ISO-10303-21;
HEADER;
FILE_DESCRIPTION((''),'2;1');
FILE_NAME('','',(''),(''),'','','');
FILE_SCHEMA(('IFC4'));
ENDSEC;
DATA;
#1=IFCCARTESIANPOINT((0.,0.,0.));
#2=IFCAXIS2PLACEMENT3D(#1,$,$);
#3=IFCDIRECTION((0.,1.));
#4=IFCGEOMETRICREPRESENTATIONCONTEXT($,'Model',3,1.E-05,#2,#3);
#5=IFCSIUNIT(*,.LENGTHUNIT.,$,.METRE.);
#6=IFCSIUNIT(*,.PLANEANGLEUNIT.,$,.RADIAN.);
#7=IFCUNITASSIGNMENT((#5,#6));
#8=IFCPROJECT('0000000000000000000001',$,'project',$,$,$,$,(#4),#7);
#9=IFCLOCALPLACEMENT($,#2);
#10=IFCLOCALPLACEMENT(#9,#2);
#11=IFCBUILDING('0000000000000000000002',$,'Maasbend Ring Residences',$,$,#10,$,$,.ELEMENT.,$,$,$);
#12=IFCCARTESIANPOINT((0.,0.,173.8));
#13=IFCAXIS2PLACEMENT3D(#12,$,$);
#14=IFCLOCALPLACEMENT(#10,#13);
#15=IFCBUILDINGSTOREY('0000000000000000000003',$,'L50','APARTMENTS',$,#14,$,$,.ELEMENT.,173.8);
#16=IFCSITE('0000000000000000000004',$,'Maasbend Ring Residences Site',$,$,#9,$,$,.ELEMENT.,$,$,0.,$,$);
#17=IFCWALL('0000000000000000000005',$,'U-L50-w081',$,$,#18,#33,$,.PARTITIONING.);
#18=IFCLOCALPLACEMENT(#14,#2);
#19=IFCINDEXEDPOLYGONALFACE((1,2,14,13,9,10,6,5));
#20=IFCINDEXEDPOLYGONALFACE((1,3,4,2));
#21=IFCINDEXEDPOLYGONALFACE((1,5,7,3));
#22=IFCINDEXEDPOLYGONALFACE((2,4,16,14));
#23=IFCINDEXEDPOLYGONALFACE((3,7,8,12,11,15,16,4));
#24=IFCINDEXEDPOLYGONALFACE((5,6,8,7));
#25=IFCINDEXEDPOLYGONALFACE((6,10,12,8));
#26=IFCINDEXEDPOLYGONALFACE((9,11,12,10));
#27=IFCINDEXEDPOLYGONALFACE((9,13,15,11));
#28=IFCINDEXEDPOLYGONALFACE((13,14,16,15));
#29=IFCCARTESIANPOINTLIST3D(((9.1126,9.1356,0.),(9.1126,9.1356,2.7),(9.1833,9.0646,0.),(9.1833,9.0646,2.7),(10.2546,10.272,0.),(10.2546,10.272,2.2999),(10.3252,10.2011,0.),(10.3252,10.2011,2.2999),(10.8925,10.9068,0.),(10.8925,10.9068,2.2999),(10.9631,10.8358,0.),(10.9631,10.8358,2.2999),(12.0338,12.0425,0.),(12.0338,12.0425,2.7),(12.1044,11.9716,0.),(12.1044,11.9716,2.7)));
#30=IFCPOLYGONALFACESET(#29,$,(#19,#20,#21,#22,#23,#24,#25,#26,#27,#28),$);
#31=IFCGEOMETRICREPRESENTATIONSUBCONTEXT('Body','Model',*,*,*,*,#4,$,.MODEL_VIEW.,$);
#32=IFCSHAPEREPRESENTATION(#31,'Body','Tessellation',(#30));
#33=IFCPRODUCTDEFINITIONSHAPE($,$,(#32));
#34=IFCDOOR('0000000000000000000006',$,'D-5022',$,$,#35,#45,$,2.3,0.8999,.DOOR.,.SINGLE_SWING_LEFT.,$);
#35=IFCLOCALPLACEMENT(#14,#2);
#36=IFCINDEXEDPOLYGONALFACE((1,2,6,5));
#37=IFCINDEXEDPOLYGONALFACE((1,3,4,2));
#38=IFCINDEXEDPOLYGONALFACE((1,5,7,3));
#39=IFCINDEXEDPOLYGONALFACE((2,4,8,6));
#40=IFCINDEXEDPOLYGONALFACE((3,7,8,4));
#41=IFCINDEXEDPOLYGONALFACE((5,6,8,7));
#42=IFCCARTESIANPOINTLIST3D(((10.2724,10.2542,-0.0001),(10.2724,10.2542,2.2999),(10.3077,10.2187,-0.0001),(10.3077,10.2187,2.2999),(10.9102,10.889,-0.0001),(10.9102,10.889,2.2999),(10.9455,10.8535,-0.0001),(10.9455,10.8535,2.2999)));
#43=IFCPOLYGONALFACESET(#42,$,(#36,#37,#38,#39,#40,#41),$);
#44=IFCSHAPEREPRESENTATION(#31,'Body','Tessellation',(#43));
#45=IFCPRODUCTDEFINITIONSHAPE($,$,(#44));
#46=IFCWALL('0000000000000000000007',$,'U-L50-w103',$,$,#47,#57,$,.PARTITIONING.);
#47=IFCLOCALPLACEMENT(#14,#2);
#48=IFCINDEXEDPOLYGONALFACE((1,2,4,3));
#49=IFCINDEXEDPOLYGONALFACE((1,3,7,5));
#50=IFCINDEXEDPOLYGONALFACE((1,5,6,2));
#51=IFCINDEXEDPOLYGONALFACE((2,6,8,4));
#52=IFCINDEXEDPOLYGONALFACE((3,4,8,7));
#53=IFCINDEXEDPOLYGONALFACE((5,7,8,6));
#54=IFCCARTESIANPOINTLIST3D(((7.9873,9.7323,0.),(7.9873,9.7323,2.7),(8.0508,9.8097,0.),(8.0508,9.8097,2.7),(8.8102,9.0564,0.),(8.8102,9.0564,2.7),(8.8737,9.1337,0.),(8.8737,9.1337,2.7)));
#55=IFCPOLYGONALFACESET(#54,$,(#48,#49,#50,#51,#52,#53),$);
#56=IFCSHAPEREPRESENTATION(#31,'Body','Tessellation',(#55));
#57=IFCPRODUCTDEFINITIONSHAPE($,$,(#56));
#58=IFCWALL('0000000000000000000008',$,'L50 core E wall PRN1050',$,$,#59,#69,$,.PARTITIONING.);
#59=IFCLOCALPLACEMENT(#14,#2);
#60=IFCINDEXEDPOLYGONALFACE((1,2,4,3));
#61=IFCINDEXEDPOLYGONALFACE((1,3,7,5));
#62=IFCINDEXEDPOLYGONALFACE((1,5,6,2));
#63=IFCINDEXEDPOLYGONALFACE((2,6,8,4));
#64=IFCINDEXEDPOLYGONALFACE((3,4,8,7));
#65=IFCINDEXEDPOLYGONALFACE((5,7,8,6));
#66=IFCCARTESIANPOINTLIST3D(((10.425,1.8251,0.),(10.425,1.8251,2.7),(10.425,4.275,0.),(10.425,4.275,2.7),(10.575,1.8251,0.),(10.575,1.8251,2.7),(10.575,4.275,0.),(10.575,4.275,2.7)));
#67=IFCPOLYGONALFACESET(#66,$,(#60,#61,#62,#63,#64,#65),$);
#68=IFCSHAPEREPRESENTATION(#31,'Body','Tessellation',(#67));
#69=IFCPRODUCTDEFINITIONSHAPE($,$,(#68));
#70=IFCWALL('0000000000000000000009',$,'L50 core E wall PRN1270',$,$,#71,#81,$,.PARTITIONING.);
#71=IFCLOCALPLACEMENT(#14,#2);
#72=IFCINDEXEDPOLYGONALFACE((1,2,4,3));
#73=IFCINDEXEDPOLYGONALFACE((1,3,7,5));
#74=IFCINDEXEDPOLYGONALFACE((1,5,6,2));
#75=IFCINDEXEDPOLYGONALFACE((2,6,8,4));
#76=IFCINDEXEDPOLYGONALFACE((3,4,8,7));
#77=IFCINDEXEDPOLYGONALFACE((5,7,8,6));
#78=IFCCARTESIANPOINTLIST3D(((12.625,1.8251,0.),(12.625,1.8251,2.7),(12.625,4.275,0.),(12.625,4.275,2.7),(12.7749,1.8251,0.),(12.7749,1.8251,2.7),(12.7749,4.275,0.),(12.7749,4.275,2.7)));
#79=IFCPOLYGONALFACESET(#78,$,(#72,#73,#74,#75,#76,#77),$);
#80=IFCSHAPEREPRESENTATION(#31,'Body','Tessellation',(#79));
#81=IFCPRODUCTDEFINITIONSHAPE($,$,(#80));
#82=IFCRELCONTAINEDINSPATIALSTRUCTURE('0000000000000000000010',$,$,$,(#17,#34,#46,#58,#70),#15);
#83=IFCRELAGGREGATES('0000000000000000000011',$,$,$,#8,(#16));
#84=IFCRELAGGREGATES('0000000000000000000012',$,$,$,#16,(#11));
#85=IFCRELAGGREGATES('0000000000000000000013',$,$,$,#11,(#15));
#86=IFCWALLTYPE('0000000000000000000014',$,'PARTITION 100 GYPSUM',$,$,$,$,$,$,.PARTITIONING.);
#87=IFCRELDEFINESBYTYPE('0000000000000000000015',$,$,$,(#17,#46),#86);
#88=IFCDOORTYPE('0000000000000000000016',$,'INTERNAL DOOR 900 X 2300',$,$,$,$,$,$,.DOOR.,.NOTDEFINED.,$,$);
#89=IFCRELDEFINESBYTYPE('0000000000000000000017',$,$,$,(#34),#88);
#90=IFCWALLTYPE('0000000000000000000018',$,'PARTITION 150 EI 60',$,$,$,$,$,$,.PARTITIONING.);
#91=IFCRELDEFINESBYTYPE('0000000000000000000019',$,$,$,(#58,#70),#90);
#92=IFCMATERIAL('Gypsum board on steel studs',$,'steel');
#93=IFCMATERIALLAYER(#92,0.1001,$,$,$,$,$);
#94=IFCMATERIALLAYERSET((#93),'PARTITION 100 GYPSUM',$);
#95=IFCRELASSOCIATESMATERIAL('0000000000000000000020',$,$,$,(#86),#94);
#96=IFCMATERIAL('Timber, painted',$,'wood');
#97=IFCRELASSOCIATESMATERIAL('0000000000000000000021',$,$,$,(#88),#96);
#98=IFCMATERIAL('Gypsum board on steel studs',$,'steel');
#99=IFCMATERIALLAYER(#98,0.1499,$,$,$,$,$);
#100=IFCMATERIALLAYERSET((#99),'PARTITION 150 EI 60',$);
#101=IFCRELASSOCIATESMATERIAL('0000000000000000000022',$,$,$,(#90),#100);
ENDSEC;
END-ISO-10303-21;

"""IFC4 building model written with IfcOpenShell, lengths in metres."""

from ifc_helpers import new_model, si_unit, direction, frame, frame_2d, origin, place, context, subcontext, project, spatial, rectangle, extrude, material, layer, layer_set, type_object, element, fill, save


model = new_model("IFC4")

# Units and contexts
model_context = context("Model", 3, precision=1e-05, world=origin(), true_north=direction((0.0, 1.0)))
body_context = subcontext(model_context, "Body", "Model", "MODEL_VIEW")
ifc_project = project(units=[si_unit("LENGTHUNIT", "METRE"), si_unit("PLANEANGLEUNIT", "RADIAN")], contexts=[model_context])

# Site, building, storey
site_placement = place(None, origin())
site = spatial("IfcSite", under=ifc_project, at=site_placement, Name="Maasbend Ring Residences Site", CompositionType="ELEMENT", RefElevation=0.0)
building_placement = place(site_placement, origin())
building = spatial("IfcBuilding", under=site, at=building_placement, Name="Maasbend Ring Residences", CompositionType="ELEMENT")
storey_placement = place(building_placement, frame((0.0, 0.0, 173.8)))
storey = spatial("IfcBuildingStorey", under=building, at=storey_placement, Name="L50", Description="APARTMENTS", CompositionType="ELEMENT", Elevation=173.8)

# Wall, opening, door
ifc_material_1 = material(Name="Gypsum board on steel studs", Category="steel")
ifc_layer_1 = layer(ifc_material_1, 0.1001)
ifc_layer_set_1 = layer_set([ifc_layer_1], Name="PARTITION 100 GYPSUM")
wall_type_1 = type_object("IfcWallType", Name="PARTITION 100 GYPSUM", PredefinedType="PARTITIONING", material=ifc_layer_set_1)
ifc_material_2 = material(Name="Timber, painted", Category="wood")
door_type_1 = type_object("IfcDoorType", Name="INTERNAL DOOR 900 X 2300", OperationType="NOTDEFINED", PredefinedType="DOOR", material=ifc_material_2)
wall_1_placement = place(storey_placement, frame((9.1479, 9.1001, 0.0), z_axis=(0.0, 0.0, 1.0), x_axis=(0.708823, 0.705387, 0.0)))
wall_1 = element("IfcWall", 1, at=wall_1_placement, inside=storey, type_object=wall_type_1, Name="U-L50-w081", PredefinedType="PARTITIONING", context=body_context, shape_type="SweptSolid", body=[
    extrude(rectangle(XDim=4.1211, YDim=0.1001, at=frame_2d((2.0605, 0.0))), origin(), (0.0, 0.0, 1.0), 2.7),
])
opening_1_placement = place(wall_1_placement, frame((1.6111, 0.0, 0.0)))
opening_1 = element("IfcOpeningElement", 2, at=opening_1_placement, cuts=wall_1, PredefinedType="OPENING", context=body_context, shape_type="SweptSolid", body=[
    extrude(rectangle(XDim=0.8999, YDim=2.3, at=frame_2d((0.45, 1.1499))), frame((0.0, 0.0601, 0.0), z_axis=(0.0, -1.0, 0.0), x_axis=(1.0, 0.0, 0.0)), (0.0, 0.0, 1.0), 0.1201),
])
door_1_placement = place(opening_1_placement, origin())
door_1 = element("IfcDoor", 3, at=door_1_placement, inside=storey, type_object=door_type_1, Name="D-5022", OperationType="SINGLE_SWING_LEFT", OverallHeight=2.3, OverallWidth=0.8999, PredefinedType="DOOR", context=body_context, shape_type="SweptSolid", body=[
    extrude(rectangle(XDim=0.8999, YDim=2.3, at=frame_2d((0.45, 1.1499))), frame((0.0, 0.0249, 0.0), z_axis=(0.0, -1.0, 0.0), x_axis=(1.0, 0.0, 0.0)), (0.0, 0.0, 1.0), 0.05),
])
fill(opening_1, door_1)

# Walls
wall_2_placement = place(storey_placement, frame((8.019, 9.771, 0.0), z_axis=(0.0, 0.0, 1.0), x_axis=(0.77273, -0.634735, 0.0)))
element("IfcWall", 4, at=wall_2_placement, inside=storey, type_object=wall_type_1, Name="U-L50-w103", PredefinedType="PARTITIONING", context=body_context, shape_type="SweptSolid", body=[
    extrude(rectangle(XDim=1.0649, YDim=0.1001, at=frame_2d((0.5325, 0.0))), origin(), (0.0, 0.0, 1.0), 2.7),
])
ifc_material_3 = material(Name="Gypsum board on steel studs", Category="steel")
ifc_layer_2 = layer(ifc_material_3, 0.1499)
ifc_layer_set_2 = layer_set([ifc_layer_2], Name="PARTITION 150 EI 60")
wall_type_2 = type_object("IfcWallType", Name="PARTITION 150 EI 60", PredefinedType="PARTITIONING", material=ifc_layer_set_2)
for number, where, z_axis, x_axis, name in (
    (5, (10.5, 1.825, 0.0), (0.0, 0.0, 1.0), (0.0, 1.0, 0.0), "L50 core E wall PRN1050"),
    (6, (12.7, 1.825, 0.0), (0.0, 0.0, 1.0), (0.0, 1.0, 0.0), "L50 core E wall PRN1270"),
):
    element("IfcWall", number, at=place(storey_placement, frame(where, z_axis=z_axis, x_axis=x_axis)), inside=storey, type_object=wall_type_2, Name=name, PredefinedType="PARTITIONING", context=body_context, shape_type="SweptSolid", body=[
        extrude(rectangle(XDim=2.45, YDim=0.1499, at=frame_2d((1.2251, 0.0))), origin(), (0.0, 0.0, 1.0), 2.7),
    ])

save(model, "model.ifc")
